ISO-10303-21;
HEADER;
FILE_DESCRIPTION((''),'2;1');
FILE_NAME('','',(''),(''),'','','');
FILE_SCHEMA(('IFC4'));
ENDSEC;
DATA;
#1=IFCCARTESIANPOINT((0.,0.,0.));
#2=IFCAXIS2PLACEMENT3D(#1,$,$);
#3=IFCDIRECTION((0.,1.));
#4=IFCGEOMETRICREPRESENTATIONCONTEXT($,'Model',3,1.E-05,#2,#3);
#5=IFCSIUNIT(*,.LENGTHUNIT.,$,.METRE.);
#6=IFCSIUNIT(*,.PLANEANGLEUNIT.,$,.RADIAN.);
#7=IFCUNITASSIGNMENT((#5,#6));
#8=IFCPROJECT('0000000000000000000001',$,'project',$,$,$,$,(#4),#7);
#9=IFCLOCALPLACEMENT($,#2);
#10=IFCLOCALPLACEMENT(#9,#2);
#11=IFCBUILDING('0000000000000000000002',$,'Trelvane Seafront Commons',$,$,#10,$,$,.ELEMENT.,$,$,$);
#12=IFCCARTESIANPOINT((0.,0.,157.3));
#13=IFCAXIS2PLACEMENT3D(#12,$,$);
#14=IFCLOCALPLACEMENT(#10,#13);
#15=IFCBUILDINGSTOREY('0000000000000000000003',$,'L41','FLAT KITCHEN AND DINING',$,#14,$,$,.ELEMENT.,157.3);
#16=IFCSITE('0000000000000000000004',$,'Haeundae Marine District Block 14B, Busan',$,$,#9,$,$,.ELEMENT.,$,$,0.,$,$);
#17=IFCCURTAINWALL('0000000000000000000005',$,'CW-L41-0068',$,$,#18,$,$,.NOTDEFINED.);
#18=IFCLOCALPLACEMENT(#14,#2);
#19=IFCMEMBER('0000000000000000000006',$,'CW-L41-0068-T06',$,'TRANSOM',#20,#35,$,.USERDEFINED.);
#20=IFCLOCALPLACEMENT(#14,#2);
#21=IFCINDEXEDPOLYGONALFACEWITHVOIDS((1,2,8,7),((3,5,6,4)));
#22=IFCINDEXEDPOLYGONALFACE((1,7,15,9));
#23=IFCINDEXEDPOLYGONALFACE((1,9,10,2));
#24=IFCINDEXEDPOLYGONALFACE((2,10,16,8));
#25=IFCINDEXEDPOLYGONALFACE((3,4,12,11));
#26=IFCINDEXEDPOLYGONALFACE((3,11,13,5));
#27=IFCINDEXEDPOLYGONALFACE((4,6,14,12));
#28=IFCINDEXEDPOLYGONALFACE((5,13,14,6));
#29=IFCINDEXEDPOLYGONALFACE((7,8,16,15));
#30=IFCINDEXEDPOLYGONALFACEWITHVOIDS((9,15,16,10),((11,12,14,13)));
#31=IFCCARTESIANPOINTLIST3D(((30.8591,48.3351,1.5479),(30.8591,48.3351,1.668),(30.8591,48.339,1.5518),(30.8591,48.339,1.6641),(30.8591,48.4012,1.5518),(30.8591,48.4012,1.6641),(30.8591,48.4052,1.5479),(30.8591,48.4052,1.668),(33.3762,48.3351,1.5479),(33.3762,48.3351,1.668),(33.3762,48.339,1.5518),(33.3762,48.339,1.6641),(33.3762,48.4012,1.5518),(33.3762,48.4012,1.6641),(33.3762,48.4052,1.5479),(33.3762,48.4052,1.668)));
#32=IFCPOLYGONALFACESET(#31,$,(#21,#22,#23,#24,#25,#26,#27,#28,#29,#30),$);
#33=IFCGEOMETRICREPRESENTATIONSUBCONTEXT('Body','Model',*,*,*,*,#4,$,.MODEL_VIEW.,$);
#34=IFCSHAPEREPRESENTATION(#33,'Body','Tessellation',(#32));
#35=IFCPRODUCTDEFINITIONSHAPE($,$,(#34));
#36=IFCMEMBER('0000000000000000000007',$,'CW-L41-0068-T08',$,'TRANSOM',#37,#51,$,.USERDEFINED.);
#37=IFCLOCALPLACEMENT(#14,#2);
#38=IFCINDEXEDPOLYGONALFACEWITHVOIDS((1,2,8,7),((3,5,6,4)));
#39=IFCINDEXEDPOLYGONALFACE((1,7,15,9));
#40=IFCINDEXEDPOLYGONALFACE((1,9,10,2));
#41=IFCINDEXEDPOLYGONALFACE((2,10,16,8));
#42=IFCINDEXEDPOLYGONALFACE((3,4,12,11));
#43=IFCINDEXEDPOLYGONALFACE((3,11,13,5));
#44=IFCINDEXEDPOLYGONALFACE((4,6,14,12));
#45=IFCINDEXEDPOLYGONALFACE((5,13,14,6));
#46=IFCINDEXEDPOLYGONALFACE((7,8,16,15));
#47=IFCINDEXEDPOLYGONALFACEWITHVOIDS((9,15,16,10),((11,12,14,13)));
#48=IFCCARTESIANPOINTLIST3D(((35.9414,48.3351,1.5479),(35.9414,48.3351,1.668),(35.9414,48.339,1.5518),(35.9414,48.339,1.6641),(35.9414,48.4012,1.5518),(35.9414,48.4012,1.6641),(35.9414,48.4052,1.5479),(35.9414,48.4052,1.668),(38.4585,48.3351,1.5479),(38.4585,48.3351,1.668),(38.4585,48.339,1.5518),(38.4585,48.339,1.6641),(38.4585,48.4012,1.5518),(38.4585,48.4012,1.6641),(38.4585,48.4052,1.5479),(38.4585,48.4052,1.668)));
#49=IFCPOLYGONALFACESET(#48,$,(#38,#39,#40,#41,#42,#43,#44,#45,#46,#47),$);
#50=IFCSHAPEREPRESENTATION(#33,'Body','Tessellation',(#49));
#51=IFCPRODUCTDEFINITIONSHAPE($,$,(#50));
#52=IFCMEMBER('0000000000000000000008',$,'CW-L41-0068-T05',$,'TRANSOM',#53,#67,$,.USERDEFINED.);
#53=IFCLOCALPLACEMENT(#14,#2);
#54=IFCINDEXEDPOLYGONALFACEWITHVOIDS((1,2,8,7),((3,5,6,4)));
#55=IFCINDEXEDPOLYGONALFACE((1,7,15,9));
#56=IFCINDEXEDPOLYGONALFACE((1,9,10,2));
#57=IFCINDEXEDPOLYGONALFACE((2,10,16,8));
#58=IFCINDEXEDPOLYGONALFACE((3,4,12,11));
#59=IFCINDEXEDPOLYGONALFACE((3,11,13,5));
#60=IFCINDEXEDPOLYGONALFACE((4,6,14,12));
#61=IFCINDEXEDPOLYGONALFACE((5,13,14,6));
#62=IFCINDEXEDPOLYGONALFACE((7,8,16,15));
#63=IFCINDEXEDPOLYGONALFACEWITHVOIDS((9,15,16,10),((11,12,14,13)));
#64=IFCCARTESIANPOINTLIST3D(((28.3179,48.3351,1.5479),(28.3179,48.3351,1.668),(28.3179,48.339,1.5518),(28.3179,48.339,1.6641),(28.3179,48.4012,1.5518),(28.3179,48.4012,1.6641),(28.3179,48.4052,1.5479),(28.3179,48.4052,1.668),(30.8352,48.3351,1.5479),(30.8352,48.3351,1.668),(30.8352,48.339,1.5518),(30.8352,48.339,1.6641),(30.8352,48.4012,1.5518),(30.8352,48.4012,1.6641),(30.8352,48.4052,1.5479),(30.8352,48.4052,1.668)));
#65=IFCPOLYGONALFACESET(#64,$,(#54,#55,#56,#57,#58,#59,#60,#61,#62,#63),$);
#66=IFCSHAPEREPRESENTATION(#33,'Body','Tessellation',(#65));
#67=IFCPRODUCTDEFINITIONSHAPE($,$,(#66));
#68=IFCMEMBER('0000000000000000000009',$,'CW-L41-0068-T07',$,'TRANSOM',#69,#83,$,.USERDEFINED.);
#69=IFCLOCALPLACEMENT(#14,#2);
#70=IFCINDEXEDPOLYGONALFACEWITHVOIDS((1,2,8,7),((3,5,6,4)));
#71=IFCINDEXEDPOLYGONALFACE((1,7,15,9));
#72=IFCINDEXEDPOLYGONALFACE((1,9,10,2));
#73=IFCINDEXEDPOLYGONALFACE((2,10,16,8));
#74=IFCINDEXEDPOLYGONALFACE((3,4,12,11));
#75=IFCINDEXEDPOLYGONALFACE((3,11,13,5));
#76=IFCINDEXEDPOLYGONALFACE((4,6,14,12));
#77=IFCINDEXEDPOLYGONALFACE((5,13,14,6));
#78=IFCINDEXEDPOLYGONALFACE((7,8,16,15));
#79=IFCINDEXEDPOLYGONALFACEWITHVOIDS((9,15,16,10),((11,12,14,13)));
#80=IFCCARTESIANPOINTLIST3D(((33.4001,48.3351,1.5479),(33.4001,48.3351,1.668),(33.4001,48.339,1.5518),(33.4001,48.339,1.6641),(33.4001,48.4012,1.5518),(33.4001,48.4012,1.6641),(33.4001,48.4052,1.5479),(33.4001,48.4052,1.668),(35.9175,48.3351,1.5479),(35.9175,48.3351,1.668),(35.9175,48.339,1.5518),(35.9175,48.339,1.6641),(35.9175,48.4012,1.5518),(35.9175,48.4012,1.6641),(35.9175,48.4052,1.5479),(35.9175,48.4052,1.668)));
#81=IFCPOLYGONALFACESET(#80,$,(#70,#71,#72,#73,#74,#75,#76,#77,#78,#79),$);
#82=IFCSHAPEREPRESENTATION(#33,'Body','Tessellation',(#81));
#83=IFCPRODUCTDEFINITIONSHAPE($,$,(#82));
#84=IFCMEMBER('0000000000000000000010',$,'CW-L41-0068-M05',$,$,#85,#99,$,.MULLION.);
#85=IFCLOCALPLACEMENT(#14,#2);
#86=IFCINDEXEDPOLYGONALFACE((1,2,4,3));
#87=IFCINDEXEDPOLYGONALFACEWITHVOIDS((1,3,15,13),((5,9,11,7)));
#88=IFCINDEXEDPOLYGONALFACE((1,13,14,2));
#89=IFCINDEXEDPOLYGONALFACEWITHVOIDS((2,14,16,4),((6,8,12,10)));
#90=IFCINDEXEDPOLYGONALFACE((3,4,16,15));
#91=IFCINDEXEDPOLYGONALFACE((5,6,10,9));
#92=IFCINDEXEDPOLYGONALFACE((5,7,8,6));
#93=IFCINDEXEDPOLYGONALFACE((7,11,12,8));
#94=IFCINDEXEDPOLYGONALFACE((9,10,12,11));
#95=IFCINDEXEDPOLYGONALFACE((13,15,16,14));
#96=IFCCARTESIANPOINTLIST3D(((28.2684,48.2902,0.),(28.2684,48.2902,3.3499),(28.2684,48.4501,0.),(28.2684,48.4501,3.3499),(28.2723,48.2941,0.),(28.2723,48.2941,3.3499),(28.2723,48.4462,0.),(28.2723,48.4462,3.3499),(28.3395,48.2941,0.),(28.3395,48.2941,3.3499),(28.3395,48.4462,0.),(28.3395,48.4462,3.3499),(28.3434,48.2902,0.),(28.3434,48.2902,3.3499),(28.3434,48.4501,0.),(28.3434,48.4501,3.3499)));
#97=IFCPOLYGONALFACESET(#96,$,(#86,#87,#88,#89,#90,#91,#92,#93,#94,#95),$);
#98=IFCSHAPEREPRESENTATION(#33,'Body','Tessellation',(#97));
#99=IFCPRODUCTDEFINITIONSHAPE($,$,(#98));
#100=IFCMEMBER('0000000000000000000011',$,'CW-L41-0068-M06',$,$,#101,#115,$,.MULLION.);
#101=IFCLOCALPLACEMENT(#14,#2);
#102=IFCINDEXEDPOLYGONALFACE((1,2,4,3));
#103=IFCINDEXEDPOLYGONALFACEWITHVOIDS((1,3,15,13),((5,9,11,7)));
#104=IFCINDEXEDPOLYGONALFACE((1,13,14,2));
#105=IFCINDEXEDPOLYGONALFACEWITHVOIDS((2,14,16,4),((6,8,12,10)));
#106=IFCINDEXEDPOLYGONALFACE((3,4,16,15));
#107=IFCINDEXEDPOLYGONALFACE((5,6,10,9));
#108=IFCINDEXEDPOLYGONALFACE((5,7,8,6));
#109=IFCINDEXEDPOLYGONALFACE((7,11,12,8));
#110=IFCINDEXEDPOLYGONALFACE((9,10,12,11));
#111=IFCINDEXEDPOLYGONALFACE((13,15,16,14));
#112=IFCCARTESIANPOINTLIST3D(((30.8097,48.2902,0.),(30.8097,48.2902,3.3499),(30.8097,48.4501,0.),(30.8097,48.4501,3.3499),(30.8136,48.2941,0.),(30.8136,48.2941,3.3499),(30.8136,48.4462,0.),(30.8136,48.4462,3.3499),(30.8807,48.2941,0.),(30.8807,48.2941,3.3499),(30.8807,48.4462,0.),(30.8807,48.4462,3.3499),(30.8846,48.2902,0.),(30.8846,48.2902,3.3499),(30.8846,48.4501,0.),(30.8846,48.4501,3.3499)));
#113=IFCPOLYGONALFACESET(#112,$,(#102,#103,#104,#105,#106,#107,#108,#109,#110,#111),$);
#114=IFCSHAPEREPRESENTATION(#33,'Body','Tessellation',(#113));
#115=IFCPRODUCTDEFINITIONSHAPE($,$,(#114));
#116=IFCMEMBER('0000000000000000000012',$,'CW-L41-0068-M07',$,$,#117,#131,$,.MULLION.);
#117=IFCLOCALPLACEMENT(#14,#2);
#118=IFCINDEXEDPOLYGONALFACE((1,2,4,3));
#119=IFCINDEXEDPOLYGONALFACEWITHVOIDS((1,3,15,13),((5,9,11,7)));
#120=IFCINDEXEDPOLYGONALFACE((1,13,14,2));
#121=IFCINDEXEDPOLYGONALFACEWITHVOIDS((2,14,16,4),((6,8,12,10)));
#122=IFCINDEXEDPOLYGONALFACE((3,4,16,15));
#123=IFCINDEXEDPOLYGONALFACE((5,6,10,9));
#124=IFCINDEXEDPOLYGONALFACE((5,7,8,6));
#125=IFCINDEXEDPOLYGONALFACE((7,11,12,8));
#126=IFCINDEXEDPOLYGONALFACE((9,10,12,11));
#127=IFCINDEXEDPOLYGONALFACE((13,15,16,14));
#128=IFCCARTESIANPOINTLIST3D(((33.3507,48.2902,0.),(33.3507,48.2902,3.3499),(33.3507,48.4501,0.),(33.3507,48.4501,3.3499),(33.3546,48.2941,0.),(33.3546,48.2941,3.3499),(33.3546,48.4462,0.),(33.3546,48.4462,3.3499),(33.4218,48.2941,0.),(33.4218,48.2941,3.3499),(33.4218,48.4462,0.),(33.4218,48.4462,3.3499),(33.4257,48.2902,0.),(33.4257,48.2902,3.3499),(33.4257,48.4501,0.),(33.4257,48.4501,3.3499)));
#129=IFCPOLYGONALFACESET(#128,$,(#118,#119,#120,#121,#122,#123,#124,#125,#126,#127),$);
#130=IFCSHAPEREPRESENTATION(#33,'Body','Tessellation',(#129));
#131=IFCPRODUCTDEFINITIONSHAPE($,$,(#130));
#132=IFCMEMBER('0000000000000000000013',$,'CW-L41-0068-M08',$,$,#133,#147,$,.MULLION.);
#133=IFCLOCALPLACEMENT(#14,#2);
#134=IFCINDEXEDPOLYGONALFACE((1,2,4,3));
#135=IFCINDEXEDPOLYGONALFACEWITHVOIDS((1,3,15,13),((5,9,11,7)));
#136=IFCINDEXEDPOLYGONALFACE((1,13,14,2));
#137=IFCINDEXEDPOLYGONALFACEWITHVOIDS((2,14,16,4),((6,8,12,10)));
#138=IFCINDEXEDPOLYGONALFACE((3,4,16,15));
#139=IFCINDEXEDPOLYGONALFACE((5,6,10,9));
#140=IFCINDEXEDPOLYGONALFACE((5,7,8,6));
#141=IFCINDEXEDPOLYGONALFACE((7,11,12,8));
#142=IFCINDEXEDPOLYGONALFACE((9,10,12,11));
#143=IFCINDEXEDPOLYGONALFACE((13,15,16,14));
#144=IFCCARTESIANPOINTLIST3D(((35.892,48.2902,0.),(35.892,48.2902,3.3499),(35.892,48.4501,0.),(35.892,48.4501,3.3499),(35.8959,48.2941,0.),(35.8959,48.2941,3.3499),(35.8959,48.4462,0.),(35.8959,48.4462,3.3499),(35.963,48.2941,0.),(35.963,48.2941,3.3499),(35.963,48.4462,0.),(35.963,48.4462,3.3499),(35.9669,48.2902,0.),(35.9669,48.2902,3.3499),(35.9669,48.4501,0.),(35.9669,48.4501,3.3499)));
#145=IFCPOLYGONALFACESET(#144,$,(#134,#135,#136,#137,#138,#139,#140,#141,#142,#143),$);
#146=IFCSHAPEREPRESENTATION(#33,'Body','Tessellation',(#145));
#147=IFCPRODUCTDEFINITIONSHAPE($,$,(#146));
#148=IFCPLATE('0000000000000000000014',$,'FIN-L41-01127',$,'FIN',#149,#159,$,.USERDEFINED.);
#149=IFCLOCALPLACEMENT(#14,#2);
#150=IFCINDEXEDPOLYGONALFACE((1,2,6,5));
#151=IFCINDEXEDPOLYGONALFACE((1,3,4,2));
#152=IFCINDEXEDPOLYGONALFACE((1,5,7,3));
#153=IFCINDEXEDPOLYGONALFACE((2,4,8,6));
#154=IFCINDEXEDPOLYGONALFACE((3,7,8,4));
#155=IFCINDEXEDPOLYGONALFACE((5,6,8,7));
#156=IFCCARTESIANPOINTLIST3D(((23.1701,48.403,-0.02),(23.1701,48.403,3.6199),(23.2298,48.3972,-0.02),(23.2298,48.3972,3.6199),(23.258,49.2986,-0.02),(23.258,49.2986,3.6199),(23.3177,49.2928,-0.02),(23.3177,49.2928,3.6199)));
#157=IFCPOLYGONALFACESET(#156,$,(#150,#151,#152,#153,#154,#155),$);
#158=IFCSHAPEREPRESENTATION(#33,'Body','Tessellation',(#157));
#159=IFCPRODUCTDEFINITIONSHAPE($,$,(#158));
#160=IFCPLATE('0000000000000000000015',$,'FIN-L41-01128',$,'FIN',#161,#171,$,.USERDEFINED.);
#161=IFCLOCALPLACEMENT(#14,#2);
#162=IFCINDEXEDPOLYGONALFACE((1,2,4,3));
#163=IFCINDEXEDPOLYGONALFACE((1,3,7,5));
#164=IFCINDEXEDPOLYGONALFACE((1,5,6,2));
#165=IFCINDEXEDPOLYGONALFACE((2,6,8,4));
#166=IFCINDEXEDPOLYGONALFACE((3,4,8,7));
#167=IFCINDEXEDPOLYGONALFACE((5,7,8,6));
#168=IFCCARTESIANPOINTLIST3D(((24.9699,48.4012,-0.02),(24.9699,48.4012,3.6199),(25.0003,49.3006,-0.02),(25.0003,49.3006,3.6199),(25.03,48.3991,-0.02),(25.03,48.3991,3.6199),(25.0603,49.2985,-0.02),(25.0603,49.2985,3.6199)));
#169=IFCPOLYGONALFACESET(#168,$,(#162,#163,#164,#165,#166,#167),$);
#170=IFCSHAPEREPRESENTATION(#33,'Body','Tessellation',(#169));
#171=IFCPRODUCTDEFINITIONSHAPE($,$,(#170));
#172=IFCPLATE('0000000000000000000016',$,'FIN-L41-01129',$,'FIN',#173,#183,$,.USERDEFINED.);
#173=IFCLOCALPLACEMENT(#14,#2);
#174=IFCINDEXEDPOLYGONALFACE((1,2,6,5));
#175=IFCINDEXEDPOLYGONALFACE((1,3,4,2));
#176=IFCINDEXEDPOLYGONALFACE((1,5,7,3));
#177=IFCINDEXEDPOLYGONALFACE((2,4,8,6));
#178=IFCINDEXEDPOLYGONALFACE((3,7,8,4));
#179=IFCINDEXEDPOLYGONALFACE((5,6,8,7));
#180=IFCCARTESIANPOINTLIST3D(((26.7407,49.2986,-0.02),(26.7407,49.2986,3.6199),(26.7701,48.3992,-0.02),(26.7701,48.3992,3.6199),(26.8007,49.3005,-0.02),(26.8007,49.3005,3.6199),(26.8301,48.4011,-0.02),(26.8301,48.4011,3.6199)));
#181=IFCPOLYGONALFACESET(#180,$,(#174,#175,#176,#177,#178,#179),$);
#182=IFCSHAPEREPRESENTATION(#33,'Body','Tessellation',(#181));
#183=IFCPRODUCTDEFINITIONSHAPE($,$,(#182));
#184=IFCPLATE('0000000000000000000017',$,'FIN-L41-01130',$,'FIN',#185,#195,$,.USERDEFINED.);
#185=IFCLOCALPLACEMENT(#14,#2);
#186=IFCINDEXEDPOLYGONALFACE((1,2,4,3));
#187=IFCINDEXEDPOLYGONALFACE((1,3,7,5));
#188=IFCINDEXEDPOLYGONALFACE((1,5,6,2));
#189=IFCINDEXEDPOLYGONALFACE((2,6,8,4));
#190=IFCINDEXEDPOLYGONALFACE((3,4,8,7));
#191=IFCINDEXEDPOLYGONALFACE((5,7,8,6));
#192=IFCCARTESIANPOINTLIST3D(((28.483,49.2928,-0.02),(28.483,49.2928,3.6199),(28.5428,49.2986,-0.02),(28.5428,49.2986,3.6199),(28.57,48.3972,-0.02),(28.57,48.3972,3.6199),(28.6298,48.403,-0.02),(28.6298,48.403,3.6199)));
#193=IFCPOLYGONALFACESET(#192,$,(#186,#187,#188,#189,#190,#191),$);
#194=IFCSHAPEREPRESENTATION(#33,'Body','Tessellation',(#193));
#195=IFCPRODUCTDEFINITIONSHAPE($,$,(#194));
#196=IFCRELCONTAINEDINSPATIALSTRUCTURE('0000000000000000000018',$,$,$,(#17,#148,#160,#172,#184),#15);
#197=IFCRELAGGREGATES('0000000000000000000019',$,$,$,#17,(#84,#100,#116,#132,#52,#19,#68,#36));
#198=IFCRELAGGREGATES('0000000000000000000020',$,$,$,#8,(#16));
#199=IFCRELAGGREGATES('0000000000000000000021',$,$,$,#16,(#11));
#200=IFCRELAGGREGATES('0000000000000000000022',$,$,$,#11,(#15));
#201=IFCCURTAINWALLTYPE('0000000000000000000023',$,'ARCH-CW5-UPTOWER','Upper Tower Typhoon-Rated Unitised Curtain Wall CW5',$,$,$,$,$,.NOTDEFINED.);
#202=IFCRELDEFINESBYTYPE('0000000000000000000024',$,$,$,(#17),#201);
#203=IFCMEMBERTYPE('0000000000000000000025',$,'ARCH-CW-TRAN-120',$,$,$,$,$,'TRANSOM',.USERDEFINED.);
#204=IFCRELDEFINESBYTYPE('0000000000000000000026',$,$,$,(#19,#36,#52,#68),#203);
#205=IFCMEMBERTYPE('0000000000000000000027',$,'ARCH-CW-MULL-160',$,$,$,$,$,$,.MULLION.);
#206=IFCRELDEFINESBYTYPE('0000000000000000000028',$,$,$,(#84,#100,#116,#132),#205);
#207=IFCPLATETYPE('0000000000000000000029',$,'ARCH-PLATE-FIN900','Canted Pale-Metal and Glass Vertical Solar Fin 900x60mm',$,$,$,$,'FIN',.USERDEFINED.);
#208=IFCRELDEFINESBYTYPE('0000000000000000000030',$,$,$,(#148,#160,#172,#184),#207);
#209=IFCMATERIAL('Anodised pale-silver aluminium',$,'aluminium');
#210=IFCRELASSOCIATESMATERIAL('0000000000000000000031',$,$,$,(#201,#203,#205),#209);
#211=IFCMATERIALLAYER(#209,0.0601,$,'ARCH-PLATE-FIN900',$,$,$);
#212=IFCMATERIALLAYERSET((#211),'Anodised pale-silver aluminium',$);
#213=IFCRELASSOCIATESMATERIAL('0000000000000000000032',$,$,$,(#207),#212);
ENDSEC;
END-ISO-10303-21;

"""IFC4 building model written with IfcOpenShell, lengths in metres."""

from ifc_helpers import new_model, si_unit, direction, frame, origin, origin_2d, place, context, subcontext, project, spatial, rectangle, hollow_rectangle, extrude, source, transform, mapped, material, layer, layer_set, material_profile, profile_set, type_object, element, aggregate, save


model = new_model("IFC4")

# Units and contexts
model_context = context("Model", 3, precision=1e-05, world=origin(), true_north=direction((0.0, 1.0)))
body_context = subcontext(model_context, "Body", "Model", "MODEL_VIEW")
ifc_project = project(units=[si_unit("LENGTHUNIT", "METRE"), si_unit("PLANEANGLEUNIT", "RADIAN")], contexts=[model_context])

# Site, building, storey
site_placement = place(None, origin())
site = spatial("IfcSite", under=ifc_project, at=site_placement, Name="Haeundae Marine District Block 14B, Busan", CompositionType="ELEMENT", RefElevation=0.0)
building_placement = place(site_placement, origin())
building = spatial("IfcBuilding", under=site, at=building_placement, Name="Trelvane Seafront Commons", CompositionType="ELEMENT")
storey_placement = place(building_placement, frame((0.0, 0.0, 157.3)))
storey = spatial("IfcBuildingStorey", under=building, at=storey_placement, Name="L41", Description="FLAT KITCHEN AND DINING", CompositionType="ELEMENT", Elevation=157.3)

# Curtain wall, members
ifc_material_1 = material(Name="Anodised pale-silver aluminium", Category="aluminium")
curtain_wall_type = type_object("IfcCurtainWallType", Name="ARCH-CW5-UPTOWER", Description="Upper Tower Typhoon-Rated Unitised Curtain Wall CW5", PredefinedType="NOTDEFINED", material=ifc_material_1)
curtain_wall_placement = place(storey_placement, origin())
curtain_wall = element("IfcCurtainWall", 1, at=curtain_wall_placement, inside=storey, type_object=curtain_wall_type, Name="CW-L41-0068", PredefinedType="NOTDEFINED")
ifc_material_profile_1 = material_profile(ifc_material_1, hollow_rectangle(XDim=0.0701, YDim=0.1201, WallThickness=0.0039, at=origin_2d()), Name="TRAN-70x120x4")
ifc_profile_set_1 = profile_set([ifc_material_profile_1], Name="Anodised pale-silver aluminium")
member_type_1 = type_object("IfcMemberType", Name="ARCH-CW-TRAN-120", ElementType="TRANSOM", PredefinedType="USERDEFINED", material=ifc_profile_set_1)
shared_shape_1 = source(origin(), body_context, "Body", "SweptSolid", [
    extrude(hollow_rectangle(XDim=0.0701, YDim=0.1201, WallThickness=0.0039, at=origin_2d()), origin(), (0.0, 0.0, 1.0), 2.5171),
])
member_1_placement = place(storey_placement, frame((30.8591, 48.3701, 1.6079), z_axis=(1.0, 0.0, 0.0), x_axis=(0.0, 1.0, 0.0)))
member_1 = element("IfcMember", 2, at=member_1_placement, type_object=member_type_1, Name="CW-L41-0068-T06", ObjectType="TRANSOM", PredefinedType="USERDEFINED", context=body_context, shape_type="MappedRepresentation", body=[
    mapped(shared_shape_1, transform((0.0, 0.0, 0.0), x_axis=(1.0, 0.0, 0.0), y_axis=(0.0, 1.0, 0.0), z_axis=(0.0, 0.0, 1.0), scale=1.0)),
])
member_2_placement = place(storey_placement, frame((35.9414, 48.3701, 1.6079), z_axis=(1.0, 0.0, 0.0), x_axis=(0.0, 1.0, 0.0)))
member_2 = element("IfcMember", 3, at=member_2_placement, type_object=member_type_1, Name="CW-L41-0068-T08", ObjectType="TRANSOM", PredefinedType="USERDEFINED", context=body_context, shape_type="MappedRepresentation", body=[
    mapped(shared_shape_1, transform((0.0, 0.0, 0.0), x_axis=(1.0, 0.0, 0.0), y_axis=(0.0, 1.0, 0.0), z_axis=(0.0, 0.0, 1.0), scale=1.0)),
])
shared_shape_2 = source(origin(), body_context, "Body", "SweptSolid", [
    extrude(hollow_rectangle(XDim=0.0701, YDim=0.1201, WallThickness=0.0039, at=origin_2d()), origin(), (0.0, 0.0, 1.0), 2.5173),
])
member_3_placement = place(storey_placement, frame((28.3179, 48.3701, 1.6079), z_axis=(1.0, 0.0, 0.0), x_axis=(0.0, 1.0, 0.0)))
member_3 = element("IfcMember", 4, at=member_3_placement, type_object=member_type_1, Name="CW-L41-0068-T05", ObjectType="TRANSOM", PredefinedType="USERDEFINED", context=body_context, shape_type="MappedRepresentation", body=[
    mapped(shared_shape_2, transform((0.0, 0.0, 0.0), x_axis=(1.0, 0.0, 0.0), y_axis=(0.0, 1.0, 0.0), z_axis=(0.0, 0.0, 1.0), scale=1.0)),
])
member_4_placement = place(storey_placement, frame((33.4001, 48.3701, 1.6079), z_axis=(1.0, 0.0, 0.0), x_axis=(0.0, 1.0, 0.0)))
member_4 = element("IfcMember", 5, at=member_4_placement, type_object=member_type_1, Name="CW-L41-0068-T07", ObjectType="TRANSOM", PredefinedType="USERDEFINED", context=body_context, shape_type="MappedRepresentation", body=[
    mapped(shared_shape_2, transform((0.0, 0.0, 0.0), x_axis=(1.0, 0.0, 0.0), y_axis=(0.0, 1.0, 0.0), z_axis=(0.0, 0.0, 1.0), scale=1.0)),
])
ifc_material_profile_2 = material_profile(ifc_material_1, hollow_rectangle(XDim=0.075, YDim=0.1599, WallThickness=0.0039, at=origin_2d()), Name="MULL-75x160x4")
ifc_profile_set_2 = profile_set([ifc_material_profile_2], Name="Anodised pale-silver aluminium")
member_type_2 = type_object("IfcMemberType", Name="ARCH-CW-MULL-160", PredefinedType="MULLION", material=ifc_profile_set_2)
shared_shape_3 = source(origin(), body_context, "Body", "SweptSolid", [
    extrude(hollow_rectangle(XDim=0.075, YDim=0.1599, WallThickness=0.0039, at=origin_2d()), origin(), (0.0, 0.0, 1.0), 3.3499),
])
member_5_placement = place(storey_placement, frame((28.3059, 48.3701, 0.0), z_axis=(0.0, 0.0, 1.0), x_axis=(1.0, 0.0, 0.0)))
member_5 = element("IfcMember", 6, at=member_5_placement, type_object=member_type_2, Name="CW-L41-0068-M05", PredefinedType="MULLION", context=body_context, shape_type="MappedRepresentation", body=[
    mapped(shared_shape_3, transform((0.0, 0.0, 0.0), x_axis=(1.0, 0.0, 0.0), y_axis=(0.0, 1.0, 0.0), z_axis=(0.0, 0.0, 1.0), scale=1.0)),
])
member_6_placement = place(storey_placement, frame((30.8472, 48.3701, 0.0), z_axis=(0.0, 0.0, 1.0), x_axis=(1.0, 0.0, 0.0)))
member_6 = element("IfcMember", 7, at=member_6_placement, type_object=member_type_2, Name="CW-L41-0068-M06", PredefinedType="MULLION", context=body_context, shape_type="MappedRepresentation", body=[
    mapped(shared_shape_3, transform((0.0, 0.0, 0.0), x_axis=(1.0, 0.0, 0.0), y_axis=(0.0, 1.0, 0.0), z_axis=(0.0, 0.0, 1.0), scale=1.0)),
])
member_7_placement = place(storey_placement, frame((33.3882, 48.3701, 0.0), z_axis=(0.0, 0.0, 1.0), x_axis=(1.0, 0.0, 0.0)))
member_7 = element("IfcMember", 8, at=member_7_placement, type_object=member_type_2, Name="CW-L41-0068-M07", PredefinedType="MULLION", context=body_context, shape_type="MappedRepresentation", body=[
    mapped(shared_shape_3, transform((0.0, 0.0, 0.0), x_axis=(1.0, 0.0, 0.0), y_axis=(0.0, 1.0, 0.0), z_axis=(0.0, 0.0, 1.0), scale=1.0)),
])
member_8_placement = place(storey_placement, frame((35.9294, 48.3701, 0.0), z_axis=(0.0, 0.0, 1.0), x_axis=(1.0, 0.0, 0.0)))
member_8 = element("IfcMember", 9, at=member_8_placement, type_object=member_type_2, Name="CW-L41-0068-M08", PredefinedType="MULLION", context=body_context, shape_type="MappedRepresentation", body=[
    mapped(shared_shape_3, transform((0.0, 0.0, 0.0), x_axis=(1.0, 0.0, 0.0), y_axis=(0.0, 1.0, 0.0), z_axis=(0.0, 0.0, 1.0), scale=1.0)),
])

# Plates
ifc_layer_1 = layer(ifc_material_1, 0.0601, Name="ARCH-PLATE-FIN900")
ifc_layer_set_1 = layer_set([ifc_layer_1], Name="Anodised pale-silver aluminium")
plate_type_1 = type_object("IfcPlateType", Name="ARCH-PLATE-FIN900", Description="Canted Pale-Metal and Glass Vertical Solar Fin 900x60mm", ElementType="FIN", PredefinedType="USERDEFINED", material=ifc_layer_set_1)
shared_shape_4 = source(origin(), body_context, "Body", "SweptSolid", [
    extrude(rectangle(XDim=0.8999, YDim=0.0601, at=origin_2d()), origin(), (0.0, 0.0, 1.0), 3.6399),
])
for number, where, z_axis, x_axis, name in (
    (10, (23.2439, 48.8479, -0.02), (0.0, 0.0, 1.0), (0.097666, 0.995219, 0.0), "FIN-L41-01127"),
    (11, (25.0151, 48.8499, -0.02), (0.0, 0.0, 1.0), (0.033778, 0.999429, 0.0), "FIN-L41-01128"),
    (12, (26.7854, 48.8499, -0.02), (0.0, 0.0, 1.0), (-0.032667, 0.999466, 0.0), "FIN-L41-01129"),
    (13, (28.5564, 48.8479, -0.02), (0.0, 0.0, 1.0), (-0.096666, 0.995317, 0.0), "FIN-L41-01130"),
):
    element("IfcPlate", number, at=place(storey_placement, frame(where, z_axis=z_axis, x_axis=x_axis)), inside=storey, type_object=plate_type_1, Name=name, ObjectType="FIN", PredefinedType="USERDEFINED", context=body_context, shape_type="MappedRepresentation", body=[
        mapped(shared_shape_4, transform((0.0, 0.0, 0.0), x_axis=(1.0, 0.0, 0.0), y_axis=(0.0, 1.0, 0.0), z_axis=(0.0, 0.0, 1.0), scale=1.0)),
    ])

aggregate(curtain_wall, [member_5, member_6, member_7, member_8, member_3, member_1, member_4, member_2])

save(model, "model.ifc")
